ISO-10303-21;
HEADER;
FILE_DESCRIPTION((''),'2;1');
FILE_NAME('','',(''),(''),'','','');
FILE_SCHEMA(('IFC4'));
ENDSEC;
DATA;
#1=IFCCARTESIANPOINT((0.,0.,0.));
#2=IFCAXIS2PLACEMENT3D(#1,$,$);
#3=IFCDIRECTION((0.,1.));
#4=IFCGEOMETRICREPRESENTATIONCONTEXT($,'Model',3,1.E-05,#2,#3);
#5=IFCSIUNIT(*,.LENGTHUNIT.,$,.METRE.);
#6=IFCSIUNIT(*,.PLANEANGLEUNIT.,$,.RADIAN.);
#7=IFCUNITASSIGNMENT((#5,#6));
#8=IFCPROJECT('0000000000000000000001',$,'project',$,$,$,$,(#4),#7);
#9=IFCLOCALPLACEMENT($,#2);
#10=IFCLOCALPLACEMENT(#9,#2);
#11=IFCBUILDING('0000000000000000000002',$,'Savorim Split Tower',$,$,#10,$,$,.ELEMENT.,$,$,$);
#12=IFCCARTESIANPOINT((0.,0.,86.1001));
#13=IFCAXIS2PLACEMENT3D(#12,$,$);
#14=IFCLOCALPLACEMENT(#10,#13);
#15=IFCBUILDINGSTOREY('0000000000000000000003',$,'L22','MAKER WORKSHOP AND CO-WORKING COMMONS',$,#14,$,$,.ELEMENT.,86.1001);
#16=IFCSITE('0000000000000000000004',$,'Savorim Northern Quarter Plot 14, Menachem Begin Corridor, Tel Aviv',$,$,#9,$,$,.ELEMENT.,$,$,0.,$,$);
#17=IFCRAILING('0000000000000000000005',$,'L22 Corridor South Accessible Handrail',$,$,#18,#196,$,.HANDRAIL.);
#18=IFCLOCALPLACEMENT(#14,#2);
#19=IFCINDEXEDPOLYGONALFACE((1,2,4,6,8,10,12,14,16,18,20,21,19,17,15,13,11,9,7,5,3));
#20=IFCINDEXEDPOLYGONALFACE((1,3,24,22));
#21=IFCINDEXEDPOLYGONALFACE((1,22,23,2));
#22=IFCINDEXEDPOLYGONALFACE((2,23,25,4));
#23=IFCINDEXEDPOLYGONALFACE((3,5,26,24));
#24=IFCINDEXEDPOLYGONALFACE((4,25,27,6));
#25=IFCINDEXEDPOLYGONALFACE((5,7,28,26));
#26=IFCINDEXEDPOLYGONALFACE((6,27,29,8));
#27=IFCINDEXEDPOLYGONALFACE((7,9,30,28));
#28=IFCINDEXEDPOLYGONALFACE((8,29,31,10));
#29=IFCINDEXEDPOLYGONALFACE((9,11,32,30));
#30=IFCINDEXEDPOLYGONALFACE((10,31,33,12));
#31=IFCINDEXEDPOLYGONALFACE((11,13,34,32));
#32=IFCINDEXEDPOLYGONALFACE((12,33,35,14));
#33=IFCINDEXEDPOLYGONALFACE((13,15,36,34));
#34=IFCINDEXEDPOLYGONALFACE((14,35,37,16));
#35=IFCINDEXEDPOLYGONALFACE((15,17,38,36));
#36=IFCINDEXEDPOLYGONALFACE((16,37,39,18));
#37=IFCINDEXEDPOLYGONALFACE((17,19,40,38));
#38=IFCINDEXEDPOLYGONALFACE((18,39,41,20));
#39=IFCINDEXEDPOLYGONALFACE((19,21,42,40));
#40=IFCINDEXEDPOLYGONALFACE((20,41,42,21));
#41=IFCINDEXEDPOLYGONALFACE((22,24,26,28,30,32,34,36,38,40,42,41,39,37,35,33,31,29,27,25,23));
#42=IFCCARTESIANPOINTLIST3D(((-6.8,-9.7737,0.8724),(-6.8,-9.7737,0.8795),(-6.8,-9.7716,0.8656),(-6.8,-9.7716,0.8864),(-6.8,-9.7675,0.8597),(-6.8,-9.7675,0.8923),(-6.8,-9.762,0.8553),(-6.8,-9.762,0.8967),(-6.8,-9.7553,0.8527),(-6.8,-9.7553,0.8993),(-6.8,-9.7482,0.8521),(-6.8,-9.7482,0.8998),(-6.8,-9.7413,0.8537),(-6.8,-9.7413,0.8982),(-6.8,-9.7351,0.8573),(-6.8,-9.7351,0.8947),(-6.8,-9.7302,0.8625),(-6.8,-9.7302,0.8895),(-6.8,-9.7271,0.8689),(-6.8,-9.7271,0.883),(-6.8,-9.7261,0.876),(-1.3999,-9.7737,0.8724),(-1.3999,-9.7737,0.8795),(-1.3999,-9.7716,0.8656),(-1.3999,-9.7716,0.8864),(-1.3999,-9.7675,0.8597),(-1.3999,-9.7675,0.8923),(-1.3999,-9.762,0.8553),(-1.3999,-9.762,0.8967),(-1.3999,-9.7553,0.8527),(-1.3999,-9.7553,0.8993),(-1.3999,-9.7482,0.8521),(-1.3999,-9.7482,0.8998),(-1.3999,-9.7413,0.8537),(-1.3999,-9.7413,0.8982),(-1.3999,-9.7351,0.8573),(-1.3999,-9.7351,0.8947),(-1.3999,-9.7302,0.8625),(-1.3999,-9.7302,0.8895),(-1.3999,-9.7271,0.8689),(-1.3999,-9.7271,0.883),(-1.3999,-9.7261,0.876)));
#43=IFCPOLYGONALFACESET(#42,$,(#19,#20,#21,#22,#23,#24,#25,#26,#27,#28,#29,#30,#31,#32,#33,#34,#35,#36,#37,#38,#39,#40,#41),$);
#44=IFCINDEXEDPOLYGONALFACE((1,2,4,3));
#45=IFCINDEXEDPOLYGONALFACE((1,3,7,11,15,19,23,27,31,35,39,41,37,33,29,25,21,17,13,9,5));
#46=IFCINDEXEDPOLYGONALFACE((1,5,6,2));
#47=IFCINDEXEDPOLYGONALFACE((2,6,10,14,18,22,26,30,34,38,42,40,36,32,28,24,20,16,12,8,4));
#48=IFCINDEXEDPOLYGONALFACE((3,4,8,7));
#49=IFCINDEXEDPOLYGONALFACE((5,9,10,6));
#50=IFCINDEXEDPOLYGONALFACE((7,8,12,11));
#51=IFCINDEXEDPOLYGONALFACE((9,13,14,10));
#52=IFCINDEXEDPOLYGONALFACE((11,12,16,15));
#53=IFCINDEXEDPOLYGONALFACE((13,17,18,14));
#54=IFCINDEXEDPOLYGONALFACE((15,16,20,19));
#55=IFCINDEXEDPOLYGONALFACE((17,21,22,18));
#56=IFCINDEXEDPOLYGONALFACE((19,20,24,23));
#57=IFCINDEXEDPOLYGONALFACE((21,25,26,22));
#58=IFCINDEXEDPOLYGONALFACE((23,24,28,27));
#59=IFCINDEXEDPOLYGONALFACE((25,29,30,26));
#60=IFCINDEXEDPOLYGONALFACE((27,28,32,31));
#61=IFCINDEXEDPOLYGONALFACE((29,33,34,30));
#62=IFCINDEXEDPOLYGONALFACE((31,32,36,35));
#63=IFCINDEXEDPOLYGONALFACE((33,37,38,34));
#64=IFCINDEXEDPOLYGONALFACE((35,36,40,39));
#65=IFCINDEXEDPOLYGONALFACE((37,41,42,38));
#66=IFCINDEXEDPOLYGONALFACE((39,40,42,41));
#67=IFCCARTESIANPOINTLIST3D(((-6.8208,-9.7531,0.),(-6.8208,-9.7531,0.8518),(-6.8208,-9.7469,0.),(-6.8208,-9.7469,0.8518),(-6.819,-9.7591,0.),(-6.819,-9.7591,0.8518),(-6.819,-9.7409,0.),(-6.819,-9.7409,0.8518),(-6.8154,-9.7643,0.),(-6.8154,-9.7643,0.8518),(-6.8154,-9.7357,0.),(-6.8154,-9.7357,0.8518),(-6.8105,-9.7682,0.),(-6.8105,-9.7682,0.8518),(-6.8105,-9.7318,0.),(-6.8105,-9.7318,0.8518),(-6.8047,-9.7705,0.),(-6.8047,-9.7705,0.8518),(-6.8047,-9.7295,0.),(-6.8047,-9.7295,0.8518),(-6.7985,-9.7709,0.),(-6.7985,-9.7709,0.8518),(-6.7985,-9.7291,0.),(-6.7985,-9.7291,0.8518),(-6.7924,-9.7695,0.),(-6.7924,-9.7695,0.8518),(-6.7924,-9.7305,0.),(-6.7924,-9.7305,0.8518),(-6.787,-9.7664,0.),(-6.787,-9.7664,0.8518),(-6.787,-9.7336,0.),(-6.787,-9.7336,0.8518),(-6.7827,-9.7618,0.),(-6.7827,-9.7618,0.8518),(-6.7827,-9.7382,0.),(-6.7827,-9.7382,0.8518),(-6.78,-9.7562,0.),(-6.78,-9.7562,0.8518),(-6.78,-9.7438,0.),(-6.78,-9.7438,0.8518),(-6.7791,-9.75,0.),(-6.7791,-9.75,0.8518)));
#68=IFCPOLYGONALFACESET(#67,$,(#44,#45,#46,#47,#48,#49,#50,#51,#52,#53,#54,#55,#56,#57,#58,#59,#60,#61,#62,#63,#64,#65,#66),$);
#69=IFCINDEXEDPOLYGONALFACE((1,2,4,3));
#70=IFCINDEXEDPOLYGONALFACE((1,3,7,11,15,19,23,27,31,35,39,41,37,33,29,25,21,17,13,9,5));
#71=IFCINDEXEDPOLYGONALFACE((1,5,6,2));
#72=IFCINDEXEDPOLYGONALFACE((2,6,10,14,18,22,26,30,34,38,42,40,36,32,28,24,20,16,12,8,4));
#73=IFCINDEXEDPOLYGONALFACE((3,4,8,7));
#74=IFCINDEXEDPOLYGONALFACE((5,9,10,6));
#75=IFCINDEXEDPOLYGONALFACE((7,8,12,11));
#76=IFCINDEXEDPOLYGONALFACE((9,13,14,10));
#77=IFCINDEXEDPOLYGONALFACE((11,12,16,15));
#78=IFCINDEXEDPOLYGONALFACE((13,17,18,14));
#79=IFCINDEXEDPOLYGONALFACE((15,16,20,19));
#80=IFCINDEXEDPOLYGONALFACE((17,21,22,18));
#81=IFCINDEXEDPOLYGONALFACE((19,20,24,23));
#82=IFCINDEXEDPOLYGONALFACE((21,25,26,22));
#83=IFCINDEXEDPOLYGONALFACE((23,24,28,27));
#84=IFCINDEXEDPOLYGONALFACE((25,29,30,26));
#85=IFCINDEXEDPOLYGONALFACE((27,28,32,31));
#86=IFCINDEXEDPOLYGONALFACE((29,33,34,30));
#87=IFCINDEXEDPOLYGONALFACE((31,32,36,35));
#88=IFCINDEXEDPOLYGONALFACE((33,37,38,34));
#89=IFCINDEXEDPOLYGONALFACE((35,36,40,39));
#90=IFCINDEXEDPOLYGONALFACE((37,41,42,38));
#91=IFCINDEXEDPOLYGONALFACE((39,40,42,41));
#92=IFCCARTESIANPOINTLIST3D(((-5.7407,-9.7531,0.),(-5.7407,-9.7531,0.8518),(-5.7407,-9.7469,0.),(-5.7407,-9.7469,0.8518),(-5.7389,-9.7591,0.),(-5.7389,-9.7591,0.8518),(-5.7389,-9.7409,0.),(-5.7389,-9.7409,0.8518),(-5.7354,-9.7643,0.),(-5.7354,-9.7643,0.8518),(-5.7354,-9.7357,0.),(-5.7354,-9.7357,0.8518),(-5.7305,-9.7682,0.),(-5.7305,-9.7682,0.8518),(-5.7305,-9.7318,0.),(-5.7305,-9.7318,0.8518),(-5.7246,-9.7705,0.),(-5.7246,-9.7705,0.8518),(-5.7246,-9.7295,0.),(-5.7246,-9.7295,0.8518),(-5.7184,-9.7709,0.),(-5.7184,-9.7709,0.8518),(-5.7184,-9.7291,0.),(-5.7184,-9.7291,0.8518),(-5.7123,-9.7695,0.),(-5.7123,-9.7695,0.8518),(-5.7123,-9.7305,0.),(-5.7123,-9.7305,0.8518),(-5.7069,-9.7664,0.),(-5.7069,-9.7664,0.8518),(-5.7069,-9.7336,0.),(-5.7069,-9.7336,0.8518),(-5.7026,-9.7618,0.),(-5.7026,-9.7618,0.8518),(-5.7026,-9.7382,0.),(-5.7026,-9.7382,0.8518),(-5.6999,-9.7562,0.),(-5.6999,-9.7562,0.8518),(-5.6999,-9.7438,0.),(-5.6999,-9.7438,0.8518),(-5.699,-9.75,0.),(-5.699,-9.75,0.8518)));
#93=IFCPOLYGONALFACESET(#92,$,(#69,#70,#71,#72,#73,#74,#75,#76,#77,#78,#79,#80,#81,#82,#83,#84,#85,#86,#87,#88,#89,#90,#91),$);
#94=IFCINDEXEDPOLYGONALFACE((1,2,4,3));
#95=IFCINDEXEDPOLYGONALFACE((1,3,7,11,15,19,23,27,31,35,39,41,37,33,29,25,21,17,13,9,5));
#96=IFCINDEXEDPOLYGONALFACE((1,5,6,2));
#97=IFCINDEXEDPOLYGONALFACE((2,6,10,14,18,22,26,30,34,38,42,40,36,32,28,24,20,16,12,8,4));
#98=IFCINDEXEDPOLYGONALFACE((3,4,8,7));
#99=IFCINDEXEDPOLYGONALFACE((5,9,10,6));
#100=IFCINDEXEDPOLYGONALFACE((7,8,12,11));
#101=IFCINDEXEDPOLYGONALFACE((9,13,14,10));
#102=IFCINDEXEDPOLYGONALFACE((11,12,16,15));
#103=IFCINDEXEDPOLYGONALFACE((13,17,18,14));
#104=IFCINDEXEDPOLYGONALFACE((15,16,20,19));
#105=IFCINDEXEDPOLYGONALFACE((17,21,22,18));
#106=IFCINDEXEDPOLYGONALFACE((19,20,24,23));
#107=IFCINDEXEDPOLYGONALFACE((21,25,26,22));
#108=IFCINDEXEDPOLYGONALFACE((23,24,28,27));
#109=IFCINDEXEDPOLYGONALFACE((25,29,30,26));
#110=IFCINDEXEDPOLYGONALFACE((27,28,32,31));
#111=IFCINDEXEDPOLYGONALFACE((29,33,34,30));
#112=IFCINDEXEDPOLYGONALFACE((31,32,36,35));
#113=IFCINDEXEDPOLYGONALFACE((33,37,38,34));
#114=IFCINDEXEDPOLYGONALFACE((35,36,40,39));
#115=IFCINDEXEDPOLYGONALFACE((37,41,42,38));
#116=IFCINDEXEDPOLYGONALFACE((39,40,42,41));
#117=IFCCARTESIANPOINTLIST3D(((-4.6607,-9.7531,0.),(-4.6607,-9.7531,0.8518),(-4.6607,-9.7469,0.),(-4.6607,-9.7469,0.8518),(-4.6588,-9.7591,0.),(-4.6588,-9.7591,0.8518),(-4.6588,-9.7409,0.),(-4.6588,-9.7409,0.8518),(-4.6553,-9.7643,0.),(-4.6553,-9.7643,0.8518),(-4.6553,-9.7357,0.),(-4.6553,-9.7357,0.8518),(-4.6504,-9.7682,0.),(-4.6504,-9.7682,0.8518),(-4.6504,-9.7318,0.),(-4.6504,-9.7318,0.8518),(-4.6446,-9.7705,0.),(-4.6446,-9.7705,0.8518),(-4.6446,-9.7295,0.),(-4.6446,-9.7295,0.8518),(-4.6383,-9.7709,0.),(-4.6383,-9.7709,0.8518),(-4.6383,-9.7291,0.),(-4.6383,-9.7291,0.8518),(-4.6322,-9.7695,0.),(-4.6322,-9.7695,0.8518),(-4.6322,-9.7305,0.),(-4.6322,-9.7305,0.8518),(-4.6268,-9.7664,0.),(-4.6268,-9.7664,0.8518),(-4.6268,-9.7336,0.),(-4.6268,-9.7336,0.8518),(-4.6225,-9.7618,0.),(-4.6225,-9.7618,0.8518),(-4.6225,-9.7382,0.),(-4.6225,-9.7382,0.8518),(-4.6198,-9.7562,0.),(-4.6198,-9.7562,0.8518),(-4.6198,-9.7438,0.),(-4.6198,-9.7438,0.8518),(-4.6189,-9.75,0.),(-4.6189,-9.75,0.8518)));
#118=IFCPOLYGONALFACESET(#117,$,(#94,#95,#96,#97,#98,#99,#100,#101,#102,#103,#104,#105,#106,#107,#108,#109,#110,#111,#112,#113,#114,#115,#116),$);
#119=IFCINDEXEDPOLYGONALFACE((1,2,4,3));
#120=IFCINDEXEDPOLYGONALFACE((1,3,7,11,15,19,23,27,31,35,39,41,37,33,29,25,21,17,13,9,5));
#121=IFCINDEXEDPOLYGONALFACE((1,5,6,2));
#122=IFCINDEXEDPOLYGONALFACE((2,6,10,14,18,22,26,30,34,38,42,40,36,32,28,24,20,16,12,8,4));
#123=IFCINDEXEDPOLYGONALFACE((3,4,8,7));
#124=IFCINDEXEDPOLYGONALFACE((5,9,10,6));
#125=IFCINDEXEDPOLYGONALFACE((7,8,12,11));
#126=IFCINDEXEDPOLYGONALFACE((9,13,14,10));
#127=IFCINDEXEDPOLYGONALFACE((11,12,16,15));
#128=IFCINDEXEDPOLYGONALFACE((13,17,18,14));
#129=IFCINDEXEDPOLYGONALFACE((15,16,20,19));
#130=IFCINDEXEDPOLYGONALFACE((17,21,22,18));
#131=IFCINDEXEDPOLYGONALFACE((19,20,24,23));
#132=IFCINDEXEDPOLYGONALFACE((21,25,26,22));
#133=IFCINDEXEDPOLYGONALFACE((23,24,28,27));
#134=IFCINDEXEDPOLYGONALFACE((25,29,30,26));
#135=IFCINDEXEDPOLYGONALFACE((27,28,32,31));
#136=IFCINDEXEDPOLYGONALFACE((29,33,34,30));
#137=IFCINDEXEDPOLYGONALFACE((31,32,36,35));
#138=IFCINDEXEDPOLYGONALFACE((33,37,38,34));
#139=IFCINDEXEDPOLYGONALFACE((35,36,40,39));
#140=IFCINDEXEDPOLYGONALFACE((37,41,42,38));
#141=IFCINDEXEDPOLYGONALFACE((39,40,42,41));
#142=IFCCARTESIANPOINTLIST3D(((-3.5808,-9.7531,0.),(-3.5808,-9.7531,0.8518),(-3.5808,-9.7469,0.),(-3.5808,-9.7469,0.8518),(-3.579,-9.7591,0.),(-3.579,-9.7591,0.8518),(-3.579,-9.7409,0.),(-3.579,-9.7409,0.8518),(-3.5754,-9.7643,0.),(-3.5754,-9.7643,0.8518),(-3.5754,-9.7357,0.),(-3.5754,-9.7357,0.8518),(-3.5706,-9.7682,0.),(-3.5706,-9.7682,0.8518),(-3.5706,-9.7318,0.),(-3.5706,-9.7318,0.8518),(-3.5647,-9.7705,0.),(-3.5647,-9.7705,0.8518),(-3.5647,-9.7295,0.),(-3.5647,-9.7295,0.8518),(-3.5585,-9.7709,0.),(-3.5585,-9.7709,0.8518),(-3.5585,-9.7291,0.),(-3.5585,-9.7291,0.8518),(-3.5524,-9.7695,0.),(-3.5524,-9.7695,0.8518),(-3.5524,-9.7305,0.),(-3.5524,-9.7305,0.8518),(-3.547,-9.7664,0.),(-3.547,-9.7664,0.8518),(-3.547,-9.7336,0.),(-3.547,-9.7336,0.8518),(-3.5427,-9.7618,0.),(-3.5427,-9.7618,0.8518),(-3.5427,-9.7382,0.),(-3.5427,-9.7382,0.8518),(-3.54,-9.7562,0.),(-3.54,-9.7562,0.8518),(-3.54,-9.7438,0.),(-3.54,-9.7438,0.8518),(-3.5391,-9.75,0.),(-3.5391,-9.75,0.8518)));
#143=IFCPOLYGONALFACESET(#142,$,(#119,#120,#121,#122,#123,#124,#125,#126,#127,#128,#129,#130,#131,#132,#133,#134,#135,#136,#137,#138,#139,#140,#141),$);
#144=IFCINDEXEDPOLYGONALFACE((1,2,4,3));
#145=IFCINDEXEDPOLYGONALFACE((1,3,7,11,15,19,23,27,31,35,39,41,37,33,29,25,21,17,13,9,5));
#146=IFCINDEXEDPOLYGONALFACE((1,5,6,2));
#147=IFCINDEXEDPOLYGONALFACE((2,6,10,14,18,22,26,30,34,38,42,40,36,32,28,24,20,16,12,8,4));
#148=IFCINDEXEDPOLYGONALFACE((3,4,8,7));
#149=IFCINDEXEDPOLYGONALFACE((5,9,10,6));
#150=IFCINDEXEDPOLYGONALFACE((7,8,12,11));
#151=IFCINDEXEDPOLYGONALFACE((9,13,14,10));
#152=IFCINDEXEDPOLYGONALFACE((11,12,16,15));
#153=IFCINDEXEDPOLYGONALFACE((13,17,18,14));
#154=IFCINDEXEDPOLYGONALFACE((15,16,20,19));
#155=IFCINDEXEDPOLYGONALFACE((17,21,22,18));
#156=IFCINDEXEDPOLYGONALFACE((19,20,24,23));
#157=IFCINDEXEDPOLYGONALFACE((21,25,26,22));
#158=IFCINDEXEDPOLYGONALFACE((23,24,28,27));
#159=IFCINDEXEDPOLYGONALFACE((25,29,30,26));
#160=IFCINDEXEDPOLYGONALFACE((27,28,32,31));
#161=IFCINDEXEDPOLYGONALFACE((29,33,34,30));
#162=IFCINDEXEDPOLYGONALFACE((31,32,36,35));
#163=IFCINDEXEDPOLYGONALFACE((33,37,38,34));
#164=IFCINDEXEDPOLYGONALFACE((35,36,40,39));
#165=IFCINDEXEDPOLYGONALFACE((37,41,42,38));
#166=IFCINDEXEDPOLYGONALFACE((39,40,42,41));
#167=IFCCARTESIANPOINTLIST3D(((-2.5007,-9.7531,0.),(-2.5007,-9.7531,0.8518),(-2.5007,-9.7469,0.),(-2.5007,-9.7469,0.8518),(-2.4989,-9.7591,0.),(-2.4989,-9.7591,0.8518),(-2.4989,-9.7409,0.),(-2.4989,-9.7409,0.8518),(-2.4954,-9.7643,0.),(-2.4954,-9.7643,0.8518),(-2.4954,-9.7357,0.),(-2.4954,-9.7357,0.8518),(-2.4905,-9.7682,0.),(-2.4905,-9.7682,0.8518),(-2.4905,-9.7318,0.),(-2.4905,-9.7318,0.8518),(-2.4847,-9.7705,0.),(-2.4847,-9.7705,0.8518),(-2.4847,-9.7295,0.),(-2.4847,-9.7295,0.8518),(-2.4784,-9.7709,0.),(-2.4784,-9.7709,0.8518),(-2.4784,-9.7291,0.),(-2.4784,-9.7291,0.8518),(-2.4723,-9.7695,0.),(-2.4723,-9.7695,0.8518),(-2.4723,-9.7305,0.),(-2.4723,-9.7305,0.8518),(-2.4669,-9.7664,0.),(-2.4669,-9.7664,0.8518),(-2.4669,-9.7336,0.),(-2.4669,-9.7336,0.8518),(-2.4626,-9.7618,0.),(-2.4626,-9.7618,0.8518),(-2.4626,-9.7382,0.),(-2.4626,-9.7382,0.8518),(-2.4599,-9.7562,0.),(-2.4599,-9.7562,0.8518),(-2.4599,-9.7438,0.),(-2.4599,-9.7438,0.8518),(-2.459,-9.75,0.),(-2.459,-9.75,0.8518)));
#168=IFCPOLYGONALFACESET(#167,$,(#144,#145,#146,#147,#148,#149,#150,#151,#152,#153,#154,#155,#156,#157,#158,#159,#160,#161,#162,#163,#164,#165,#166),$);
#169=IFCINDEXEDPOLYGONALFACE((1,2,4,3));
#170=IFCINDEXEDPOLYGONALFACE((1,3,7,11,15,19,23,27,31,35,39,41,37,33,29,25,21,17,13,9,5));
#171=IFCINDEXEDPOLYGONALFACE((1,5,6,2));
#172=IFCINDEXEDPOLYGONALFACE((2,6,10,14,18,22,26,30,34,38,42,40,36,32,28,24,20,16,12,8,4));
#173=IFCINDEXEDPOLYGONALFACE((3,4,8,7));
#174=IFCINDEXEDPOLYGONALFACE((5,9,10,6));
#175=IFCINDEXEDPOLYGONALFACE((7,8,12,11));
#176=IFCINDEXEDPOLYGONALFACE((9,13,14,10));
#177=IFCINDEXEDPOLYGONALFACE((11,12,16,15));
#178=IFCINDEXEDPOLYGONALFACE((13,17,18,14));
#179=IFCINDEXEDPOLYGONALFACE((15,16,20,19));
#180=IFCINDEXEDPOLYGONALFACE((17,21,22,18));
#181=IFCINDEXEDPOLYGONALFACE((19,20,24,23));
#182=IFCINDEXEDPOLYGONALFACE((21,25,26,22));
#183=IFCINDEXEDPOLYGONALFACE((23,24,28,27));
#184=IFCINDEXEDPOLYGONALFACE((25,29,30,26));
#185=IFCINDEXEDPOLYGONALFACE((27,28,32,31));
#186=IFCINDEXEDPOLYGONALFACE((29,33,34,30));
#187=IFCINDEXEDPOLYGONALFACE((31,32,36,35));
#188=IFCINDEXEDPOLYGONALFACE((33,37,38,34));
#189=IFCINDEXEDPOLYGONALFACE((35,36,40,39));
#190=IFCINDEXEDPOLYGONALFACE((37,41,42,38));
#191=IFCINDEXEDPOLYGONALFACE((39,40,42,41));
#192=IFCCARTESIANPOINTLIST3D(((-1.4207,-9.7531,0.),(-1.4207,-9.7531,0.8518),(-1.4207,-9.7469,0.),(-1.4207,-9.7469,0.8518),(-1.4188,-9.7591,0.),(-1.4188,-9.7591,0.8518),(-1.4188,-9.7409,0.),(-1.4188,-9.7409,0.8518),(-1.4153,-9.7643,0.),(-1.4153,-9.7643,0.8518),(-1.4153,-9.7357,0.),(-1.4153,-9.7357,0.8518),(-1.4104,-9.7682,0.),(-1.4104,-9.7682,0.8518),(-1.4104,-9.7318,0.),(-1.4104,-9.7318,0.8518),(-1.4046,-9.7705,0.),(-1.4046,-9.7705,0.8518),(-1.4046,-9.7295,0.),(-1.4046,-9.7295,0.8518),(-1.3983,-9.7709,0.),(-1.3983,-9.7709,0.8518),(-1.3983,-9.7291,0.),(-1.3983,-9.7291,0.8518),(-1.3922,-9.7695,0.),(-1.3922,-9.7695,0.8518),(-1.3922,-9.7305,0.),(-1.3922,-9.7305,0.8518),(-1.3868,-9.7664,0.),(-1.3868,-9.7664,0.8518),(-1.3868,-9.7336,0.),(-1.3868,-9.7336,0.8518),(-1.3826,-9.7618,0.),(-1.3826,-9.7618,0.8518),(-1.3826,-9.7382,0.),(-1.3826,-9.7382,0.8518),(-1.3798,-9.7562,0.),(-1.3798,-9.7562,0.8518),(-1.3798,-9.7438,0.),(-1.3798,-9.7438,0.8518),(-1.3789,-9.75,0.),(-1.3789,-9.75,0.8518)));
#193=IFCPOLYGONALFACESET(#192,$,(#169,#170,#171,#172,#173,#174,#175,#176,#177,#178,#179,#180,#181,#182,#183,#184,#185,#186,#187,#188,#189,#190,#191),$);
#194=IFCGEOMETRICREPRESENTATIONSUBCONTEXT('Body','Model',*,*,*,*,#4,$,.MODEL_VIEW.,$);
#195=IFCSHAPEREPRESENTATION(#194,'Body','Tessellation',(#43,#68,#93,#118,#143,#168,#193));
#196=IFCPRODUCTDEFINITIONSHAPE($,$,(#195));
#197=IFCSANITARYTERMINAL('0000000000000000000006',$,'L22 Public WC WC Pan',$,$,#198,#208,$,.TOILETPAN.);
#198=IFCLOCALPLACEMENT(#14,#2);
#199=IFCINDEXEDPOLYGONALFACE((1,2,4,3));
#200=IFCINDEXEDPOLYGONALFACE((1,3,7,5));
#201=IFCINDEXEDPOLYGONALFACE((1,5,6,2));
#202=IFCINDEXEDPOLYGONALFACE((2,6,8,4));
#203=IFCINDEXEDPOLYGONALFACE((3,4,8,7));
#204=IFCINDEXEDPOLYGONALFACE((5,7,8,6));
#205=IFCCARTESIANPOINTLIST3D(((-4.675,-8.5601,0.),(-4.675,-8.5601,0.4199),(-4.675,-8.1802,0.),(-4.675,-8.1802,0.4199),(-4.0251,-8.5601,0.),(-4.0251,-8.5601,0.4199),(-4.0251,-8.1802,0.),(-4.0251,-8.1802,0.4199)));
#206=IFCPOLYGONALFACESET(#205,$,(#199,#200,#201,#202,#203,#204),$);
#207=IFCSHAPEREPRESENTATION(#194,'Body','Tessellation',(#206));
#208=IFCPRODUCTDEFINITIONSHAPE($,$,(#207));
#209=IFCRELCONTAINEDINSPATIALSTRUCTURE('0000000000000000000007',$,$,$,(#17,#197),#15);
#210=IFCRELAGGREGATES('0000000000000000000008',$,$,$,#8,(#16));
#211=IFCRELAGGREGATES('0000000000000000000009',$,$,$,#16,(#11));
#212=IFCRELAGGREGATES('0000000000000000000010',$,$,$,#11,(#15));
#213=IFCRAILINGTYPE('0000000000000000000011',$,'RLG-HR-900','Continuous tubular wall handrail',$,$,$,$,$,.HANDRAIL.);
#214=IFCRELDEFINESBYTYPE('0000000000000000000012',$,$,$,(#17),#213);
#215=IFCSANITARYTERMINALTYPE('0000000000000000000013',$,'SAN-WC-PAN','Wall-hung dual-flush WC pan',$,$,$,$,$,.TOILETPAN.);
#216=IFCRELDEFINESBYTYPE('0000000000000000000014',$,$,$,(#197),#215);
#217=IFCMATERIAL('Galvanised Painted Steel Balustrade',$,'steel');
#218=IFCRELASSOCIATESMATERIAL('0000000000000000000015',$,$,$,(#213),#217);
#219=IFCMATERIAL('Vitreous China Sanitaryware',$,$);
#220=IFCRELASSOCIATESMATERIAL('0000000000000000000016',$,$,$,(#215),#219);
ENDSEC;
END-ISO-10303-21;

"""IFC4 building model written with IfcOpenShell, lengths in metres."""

from ifc_helpers import new_model, si_unit, direction, frame, origin, origin_2d, place, context, subcontext, project, spatial, rectangle, circle, extrude, material, type_object, element, save


model = new_model("IFC4")

# Units and contexts
model_context = context("Model", 3, precision=1e-05, world=origin(), true_north=direction((0.0, 1.0)))
body_context = subcontext(model_context, "Body", "Model", "MODEL_VIEW")
ifc_project = project(units=[si_unit("LENGTHUNIT", "METRE"), si_unit("PLANEANGLEUNIT", "RADIAN")], contexts=[model_context])

# Site, building, storey
site_placement = place(None, origin())
site = spatial("IfcSite", under=ifc_project, at=site_placement, Name="Savorim Northern Quarter Plot 14, Menachem Begin Corridor, Tel Aviv", CompositionType="ELEMENT", RefElevation=0.0)
building_placement = place(site_placement, origin())
building = spatial("IfcBuilding", under=site, at=building_placement, Name="Savorim Split Tower", CompositionType="ELEMENT")
storey_placement = place(building_placement, frame((0.0, 0.0, 86.1001)))
storey = spatial("IfcBuildingStorey", under=building, at=storey_placement, Name="L22", Description="MAKER WORKSHOP AND CO-WORKING COMMONS", CompositionType="ELEMENT", Elevation=86.1001)

# Railing
ifc_material_1 = material(Name="Galvanised Painted Steel Balustrade", Category="steel")
railing_type = type_object("IfcRailingType", Name="RLG-HR-900", Description="Continuous tubular wall handrail", PredefinedType="HANDRAIL", material=ifc_material_1)
railing_placement = place(storey_placement, frame((-6.8, -9.75, 0.0)))
element("IfcRailing", 1, at=railing_placement, inside=storey, type_object=railing_type, Name="L22 Corridor South Accessible Handrail", PredefinedType="HANDRAIL", context=body_context, shape_type="SweptSolid", body=[
    extrude(circle(Radius=0.0239, at=origin_2d()), frame((0.0, 0.0, 0.876), z_axis=(1.0, 0.0, 0.0), x_axis=(0.0, 1.0, 0.0)), (0.0, 0.0, 1.0), 5.4001),
    extrude(circle(Radius=0.021, at=origin_2d()), origin(), (0.0, 0.0, 1.0), 0.8518),
    extrude(circle(Radius=0.021, at=origin_2d()), frame((1.0801, 0.0, 0.0)), (0.0, 0.0, 1.0), 0.8518),
    extrude(circle(Radius=0.021, at=origin_2d()), frame((2.1602, 0.0, 0.0)), (0.0, 0.0, 1.0), 0.8518),
    extrude(circle(Radius=0.021, at=origin_2d()), frame((3.24, 0.0, 0.0)), (0.0, 0.0, 1.0), 0.8518),
    extrude(circle(Radius=0.021, at=origin_2d()), frame((4.3201, 0.0, 0.0)), (0.0, 0.0, 1.0), 0.8518),
    extrude(circle(Radius=0.021, at=origin_2d()), frame((5.4001, 0.0, 0.0)), (0.0, 0.0, 1.0), 0.8518),
])

# Sanitary terminal
ifc_material_2 = material(Name="Vitreous China Sanitaryware")
sanitary_terminal_type_1 = type_object("IfcSanitaryTerminalType", Name="SAN-WC-PAN", Description="Wall-hung dual-flush WC pan", PredefinedType="TOILETPAN", material=ifc_material_2)
sanitary_terminal_1_placement = place(storey_placement, frame((-4.3501, -8.3701, 0.0), z_axis=(0.0, 0.0, 1.0), x_axis=(1.0, 0.0, 0.0)))
element("IfcSanitaryTerminal", 2, at=sanitary_terminal_1_placement, inside=storey, type_object=sanitary_terminal_type_1, Name="L22 Public WC WC Pan", PredefinedType="TOILETPAN", context=body_context, shape_type="SweptSolid", body=[
    extrude(rectangle(XDim=0.6499, YDim=0.3799, at=origin_2d()), origin(), (0.0, 0.0, 1.0), 0.4199),
])

save(model, "model.ifc")
